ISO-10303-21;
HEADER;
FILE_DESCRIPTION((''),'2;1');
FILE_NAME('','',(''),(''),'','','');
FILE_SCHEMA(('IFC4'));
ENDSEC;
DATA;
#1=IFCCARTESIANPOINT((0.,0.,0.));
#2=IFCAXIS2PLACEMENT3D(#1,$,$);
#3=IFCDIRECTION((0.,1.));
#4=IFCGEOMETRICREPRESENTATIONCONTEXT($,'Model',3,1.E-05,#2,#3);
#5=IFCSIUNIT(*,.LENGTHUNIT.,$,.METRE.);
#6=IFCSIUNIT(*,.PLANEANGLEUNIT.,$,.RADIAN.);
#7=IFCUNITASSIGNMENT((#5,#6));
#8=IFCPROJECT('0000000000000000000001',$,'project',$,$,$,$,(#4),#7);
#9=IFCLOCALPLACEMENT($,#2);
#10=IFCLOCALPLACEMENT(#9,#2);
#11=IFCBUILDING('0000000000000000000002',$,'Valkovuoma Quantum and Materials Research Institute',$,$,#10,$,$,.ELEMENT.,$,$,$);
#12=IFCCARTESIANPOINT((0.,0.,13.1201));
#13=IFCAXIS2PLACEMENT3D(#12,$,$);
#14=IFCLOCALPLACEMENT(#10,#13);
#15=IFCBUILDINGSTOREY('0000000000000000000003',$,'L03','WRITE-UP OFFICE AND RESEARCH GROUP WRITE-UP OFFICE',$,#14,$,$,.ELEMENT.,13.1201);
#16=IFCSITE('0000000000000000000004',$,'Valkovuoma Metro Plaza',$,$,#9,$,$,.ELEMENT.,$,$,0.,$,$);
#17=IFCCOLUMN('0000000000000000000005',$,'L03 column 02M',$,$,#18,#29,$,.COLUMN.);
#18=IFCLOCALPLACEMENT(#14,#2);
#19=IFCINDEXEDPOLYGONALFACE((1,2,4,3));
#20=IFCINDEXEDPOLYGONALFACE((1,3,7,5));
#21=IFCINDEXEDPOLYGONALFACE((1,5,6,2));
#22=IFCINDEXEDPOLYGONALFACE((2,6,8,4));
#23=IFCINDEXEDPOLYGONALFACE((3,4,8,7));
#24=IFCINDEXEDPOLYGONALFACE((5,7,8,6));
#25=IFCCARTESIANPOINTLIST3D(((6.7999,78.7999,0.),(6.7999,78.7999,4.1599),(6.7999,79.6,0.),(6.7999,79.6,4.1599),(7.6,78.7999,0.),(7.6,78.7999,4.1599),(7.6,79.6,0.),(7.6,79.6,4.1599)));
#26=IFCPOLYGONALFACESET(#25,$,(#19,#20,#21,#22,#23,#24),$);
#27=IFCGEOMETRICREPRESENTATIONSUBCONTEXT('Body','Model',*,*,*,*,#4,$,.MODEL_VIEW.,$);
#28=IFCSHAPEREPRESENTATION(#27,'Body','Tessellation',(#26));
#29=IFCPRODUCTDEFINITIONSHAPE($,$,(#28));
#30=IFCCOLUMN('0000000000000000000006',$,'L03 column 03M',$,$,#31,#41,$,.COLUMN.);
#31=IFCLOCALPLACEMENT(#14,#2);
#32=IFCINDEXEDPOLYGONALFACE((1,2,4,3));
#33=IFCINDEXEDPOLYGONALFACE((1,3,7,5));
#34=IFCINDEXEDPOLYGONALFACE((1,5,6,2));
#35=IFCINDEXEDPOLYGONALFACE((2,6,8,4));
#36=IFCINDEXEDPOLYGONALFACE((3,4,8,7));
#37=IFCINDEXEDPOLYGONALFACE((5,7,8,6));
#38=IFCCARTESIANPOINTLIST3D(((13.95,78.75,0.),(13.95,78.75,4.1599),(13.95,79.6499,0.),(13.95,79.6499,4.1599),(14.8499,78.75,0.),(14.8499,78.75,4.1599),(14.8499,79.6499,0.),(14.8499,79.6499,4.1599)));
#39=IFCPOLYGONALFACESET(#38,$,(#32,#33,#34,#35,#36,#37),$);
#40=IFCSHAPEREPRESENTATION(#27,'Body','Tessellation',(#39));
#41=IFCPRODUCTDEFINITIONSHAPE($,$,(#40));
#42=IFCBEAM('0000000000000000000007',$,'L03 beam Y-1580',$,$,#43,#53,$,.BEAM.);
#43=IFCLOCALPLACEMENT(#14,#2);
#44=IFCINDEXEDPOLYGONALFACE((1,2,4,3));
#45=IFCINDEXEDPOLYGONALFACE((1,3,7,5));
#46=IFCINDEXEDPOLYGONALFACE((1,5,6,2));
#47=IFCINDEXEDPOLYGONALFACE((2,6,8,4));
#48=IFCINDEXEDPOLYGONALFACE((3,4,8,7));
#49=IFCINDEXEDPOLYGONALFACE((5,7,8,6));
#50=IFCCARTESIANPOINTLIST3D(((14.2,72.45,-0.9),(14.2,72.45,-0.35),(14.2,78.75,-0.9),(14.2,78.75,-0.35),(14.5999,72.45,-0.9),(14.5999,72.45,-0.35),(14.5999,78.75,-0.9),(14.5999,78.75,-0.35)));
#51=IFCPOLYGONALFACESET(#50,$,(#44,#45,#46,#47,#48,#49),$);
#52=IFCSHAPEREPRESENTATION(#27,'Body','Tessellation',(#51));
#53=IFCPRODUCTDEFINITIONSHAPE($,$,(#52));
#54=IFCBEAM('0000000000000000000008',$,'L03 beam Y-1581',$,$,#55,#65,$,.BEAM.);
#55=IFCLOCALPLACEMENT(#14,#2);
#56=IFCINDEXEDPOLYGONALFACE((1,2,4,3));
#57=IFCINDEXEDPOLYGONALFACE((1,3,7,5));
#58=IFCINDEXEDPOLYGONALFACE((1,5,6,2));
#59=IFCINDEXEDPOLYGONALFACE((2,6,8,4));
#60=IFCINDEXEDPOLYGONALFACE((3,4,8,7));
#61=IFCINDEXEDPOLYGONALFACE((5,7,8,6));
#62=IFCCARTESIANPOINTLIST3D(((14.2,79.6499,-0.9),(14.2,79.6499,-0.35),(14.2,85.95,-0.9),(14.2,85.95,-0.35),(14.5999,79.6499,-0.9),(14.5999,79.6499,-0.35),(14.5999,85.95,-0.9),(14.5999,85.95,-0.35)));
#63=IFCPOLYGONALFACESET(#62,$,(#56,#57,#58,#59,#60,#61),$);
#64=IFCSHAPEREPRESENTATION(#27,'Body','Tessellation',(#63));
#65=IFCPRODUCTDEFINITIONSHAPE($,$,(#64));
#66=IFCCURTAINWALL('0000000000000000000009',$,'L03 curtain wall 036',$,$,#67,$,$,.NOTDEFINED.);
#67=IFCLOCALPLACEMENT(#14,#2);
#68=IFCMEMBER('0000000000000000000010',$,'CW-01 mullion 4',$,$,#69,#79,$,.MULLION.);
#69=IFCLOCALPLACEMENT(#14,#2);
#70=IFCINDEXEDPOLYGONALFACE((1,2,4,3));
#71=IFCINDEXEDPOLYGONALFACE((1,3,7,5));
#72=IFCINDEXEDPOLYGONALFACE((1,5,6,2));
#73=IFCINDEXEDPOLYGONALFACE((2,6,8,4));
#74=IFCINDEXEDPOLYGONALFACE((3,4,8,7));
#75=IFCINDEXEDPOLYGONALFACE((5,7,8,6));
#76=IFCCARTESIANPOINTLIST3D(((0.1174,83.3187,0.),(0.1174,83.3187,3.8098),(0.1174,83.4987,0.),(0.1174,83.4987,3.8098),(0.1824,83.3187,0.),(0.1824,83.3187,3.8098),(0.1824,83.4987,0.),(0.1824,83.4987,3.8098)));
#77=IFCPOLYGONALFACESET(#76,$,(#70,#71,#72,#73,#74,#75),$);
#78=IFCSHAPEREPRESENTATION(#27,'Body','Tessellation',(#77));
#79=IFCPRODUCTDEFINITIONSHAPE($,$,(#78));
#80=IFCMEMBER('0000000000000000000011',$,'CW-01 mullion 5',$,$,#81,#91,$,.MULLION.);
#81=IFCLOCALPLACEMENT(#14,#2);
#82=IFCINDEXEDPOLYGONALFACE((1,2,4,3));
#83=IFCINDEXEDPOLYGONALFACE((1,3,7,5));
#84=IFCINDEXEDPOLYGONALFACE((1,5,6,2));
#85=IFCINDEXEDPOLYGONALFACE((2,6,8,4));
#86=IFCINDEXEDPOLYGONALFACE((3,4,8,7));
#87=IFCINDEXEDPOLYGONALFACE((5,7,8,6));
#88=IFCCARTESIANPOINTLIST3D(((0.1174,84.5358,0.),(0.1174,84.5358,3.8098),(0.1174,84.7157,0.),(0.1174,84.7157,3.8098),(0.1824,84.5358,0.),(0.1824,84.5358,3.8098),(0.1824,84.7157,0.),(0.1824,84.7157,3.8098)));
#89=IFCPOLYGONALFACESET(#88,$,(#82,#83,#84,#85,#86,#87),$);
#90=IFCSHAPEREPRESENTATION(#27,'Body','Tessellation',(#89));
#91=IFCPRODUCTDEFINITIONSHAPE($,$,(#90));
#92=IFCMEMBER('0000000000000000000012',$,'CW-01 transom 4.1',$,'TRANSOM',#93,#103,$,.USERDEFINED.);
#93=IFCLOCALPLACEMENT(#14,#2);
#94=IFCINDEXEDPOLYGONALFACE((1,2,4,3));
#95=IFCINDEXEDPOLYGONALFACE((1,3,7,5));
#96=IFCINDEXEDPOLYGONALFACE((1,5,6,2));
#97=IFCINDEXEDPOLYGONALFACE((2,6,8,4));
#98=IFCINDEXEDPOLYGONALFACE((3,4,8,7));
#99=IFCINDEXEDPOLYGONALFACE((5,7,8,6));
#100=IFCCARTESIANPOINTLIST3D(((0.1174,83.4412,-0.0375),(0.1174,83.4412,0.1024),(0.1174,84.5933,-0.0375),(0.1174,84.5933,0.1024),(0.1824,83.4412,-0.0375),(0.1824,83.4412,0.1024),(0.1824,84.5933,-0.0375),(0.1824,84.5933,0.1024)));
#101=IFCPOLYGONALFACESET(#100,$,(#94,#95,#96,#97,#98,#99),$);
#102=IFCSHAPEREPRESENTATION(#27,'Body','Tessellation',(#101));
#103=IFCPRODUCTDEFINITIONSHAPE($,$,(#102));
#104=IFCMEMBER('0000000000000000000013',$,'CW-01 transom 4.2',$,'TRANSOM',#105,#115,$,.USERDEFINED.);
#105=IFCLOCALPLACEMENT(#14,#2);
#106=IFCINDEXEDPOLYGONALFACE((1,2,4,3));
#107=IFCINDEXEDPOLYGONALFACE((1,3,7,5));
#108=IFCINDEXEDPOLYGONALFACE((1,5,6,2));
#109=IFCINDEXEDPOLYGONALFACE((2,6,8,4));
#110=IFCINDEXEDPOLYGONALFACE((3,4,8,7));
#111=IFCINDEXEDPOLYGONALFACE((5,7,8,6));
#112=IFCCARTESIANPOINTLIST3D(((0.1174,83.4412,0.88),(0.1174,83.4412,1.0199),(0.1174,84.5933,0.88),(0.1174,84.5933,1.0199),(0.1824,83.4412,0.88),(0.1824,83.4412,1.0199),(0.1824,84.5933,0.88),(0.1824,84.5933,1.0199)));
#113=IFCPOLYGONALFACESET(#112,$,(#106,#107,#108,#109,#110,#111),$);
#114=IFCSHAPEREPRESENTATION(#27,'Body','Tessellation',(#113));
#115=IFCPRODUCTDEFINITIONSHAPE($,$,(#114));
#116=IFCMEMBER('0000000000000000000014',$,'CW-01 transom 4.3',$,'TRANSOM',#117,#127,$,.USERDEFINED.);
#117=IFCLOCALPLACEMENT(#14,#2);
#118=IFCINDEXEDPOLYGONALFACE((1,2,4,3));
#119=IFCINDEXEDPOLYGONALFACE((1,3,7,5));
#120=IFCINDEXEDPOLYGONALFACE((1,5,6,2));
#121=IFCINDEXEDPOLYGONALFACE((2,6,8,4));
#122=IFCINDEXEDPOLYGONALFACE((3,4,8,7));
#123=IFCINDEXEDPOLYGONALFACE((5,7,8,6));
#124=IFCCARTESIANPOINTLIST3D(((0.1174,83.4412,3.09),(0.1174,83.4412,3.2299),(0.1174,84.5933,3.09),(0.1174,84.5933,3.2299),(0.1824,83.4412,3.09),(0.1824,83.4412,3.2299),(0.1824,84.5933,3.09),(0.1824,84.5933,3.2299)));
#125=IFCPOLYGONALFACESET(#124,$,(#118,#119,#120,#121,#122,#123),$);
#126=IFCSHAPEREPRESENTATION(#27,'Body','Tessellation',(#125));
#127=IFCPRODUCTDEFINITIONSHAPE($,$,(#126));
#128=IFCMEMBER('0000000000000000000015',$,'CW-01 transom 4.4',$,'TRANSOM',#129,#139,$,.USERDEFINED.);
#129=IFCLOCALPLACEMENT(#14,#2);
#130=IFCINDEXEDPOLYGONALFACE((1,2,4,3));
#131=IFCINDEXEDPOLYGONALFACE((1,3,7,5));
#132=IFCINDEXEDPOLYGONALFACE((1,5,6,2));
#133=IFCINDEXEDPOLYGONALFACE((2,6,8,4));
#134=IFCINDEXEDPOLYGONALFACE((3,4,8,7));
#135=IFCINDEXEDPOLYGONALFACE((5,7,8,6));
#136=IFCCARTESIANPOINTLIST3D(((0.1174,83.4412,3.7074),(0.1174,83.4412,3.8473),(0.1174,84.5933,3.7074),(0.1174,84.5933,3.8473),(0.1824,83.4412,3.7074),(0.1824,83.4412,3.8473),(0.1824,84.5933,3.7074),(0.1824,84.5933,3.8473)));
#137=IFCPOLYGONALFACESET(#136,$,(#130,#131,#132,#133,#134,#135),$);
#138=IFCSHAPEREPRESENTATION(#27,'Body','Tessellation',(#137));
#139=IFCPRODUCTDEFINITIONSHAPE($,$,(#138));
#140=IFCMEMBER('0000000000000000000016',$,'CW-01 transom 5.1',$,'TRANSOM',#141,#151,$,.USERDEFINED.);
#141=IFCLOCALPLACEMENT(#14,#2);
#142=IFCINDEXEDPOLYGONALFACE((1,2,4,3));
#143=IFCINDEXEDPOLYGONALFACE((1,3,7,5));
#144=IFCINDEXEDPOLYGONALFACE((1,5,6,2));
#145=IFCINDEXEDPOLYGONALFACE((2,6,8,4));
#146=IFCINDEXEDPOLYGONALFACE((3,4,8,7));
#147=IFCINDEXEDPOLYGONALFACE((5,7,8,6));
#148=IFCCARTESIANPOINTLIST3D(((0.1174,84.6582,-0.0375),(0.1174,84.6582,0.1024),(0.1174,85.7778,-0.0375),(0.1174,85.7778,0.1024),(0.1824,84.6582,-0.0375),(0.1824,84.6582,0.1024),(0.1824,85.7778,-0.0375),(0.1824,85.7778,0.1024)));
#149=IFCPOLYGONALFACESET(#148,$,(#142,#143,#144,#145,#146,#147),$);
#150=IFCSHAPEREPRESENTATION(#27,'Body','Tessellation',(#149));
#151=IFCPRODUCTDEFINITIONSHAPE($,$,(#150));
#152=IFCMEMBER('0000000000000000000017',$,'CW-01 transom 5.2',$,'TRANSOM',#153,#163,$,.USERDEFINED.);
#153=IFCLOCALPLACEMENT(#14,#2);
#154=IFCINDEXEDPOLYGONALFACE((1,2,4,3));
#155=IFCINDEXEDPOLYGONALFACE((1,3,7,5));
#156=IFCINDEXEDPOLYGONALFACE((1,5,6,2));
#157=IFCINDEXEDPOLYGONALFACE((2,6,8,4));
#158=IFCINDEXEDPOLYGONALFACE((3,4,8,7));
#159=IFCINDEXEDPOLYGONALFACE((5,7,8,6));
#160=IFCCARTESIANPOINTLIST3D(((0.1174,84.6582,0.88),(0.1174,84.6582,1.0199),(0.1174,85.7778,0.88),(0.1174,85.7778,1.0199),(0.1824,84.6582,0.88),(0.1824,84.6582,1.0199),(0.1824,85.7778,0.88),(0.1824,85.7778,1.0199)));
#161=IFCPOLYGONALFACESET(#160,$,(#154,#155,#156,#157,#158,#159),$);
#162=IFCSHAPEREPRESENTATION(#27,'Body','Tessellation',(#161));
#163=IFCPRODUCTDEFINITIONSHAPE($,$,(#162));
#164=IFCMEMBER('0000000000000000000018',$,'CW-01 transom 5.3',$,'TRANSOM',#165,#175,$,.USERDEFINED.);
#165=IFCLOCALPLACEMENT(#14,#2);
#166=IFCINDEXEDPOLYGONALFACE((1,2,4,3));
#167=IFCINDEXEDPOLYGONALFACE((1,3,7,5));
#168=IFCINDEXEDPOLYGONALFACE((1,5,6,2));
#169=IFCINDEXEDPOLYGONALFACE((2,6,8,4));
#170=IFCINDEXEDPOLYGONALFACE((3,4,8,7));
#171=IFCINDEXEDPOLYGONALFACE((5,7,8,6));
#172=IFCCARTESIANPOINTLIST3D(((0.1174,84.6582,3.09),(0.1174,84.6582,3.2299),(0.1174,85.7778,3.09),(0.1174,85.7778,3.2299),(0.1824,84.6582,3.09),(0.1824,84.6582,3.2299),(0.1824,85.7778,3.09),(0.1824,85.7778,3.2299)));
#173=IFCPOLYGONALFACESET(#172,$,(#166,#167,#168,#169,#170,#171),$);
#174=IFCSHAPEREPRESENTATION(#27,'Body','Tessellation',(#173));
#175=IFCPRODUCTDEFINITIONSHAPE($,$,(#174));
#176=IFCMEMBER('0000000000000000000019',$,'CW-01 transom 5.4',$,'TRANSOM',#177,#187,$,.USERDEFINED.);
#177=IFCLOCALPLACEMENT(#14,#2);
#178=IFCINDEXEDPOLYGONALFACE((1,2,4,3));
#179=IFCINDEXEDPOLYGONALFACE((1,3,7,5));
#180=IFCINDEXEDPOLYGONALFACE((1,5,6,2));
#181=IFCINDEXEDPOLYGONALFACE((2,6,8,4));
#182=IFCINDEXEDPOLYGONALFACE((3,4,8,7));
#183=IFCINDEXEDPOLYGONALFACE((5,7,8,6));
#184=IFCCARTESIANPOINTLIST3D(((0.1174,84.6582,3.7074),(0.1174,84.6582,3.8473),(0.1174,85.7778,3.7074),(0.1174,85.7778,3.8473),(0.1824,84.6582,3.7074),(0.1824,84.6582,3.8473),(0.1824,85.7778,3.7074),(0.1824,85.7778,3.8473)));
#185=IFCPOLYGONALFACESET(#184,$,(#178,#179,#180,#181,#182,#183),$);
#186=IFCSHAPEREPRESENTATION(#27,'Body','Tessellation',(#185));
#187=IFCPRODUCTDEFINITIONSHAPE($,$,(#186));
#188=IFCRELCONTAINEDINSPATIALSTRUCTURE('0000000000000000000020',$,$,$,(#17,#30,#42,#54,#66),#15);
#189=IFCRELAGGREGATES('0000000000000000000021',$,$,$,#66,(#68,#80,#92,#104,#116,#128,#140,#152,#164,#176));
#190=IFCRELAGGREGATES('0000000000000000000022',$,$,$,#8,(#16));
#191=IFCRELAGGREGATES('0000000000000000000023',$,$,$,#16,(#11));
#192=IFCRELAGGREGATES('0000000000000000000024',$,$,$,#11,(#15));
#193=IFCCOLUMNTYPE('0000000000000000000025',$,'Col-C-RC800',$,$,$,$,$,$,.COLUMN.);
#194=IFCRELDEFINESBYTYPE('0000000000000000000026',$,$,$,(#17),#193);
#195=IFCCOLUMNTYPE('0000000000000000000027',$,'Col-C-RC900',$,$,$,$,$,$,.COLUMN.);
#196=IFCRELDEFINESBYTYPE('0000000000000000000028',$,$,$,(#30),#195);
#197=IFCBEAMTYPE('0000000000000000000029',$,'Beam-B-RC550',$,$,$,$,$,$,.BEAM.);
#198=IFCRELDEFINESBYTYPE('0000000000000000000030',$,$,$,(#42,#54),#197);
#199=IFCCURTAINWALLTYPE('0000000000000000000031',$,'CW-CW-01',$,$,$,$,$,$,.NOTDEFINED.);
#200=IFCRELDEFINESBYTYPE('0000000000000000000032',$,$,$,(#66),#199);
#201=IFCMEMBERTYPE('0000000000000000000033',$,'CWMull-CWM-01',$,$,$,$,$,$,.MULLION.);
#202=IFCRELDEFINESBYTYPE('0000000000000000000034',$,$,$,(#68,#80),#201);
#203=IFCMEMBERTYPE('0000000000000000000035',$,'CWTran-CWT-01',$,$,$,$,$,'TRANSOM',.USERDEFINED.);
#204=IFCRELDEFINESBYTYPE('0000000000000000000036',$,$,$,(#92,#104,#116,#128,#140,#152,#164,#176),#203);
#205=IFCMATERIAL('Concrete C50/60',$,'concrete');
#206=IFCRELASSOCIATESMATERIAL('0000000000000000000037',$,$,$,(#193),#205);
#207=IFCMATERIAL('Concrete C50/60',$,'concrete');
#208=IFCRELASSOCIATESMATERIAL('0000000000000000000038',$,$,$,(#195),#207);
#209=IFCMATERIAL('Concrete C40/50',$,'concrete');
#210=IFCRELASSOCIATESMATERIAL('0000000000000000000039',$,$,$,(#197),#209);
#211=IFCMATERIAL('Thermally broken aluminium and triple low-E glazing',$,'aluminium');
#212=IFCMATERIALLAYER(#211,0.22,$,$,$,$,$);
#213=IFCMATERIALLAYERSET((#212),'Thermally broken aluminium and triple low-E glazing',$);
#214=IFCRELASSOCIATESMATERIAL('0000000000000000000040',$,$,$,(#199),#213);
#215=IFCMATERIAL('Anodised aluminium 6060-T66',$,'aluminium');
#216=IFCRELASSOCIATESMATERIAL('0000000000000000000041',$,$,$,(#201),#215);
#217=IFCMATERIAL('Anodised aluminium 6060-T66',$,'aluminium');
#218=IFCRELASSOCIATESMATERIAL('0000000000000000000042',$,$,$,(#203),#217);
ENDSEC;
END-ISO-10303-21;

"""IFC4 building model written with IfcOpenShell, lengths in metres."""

from ifc_helpers import new_model, si_unit, direction, frame, origin, origin_2d, place, context, subcontext, project, spatial, rectangle, extrude, material, layer, layer_set, material_profile, profile_set, type_object, element, aggregate, save


model = new_model("IFC4")

# Units and contexts
model_context = context("Model", 3, precision=1e-05, world=origin(), true_north=direction((0.0, 1.0)))
body_context = subcontext(model_context, "Body", "Model", "MODEL_VIEW")
ifc_project = project(units=[si_unit("LENGTHUNIT", "METRE"), si_unit("PLANEANGLEUNIT", "RADIAN")], contexts=[model_context])

# Site, building, storey
site_placement = place(None, origin())
site = spatial("IfcSite", under=ifc_project, at=site_placement, Name="Valkovuoma Metro Plaza", CompositionType="ELEMENT", RefElevation=0.0)
building_placement = place(site_placement, origin())
building = spatial("IfcBuilding", under=site, at=building_placement, Name="Valkovuoma Quantum and Materials Research Institute", CompositionType="ELEMENT")
storey_placement = place(building_placement, frame((0.0, 0.0, 13.1201)))
storey = spatial("IfcBuildingStorey", under=building, at=storey_placement, Name="L03", Description="WRITE-UP OFFICE AND RESEARCH GROUP WRITE-UP OFFICE", CompositionType="ELEMENT", Elevation=13.1201)

# Columns
ifc_material_1 = material(Name="Concrete C50/60", Category="concrete")
ifc_material_profile_1 = material_profile(ifc_material_1, rectangle(XDim=0.8, YDim=0.8, at=origin_2d()), Name="Concrete C50/60")
ifc_profile_set_1 = profile_set([ifc_material_profile_1], Name="Concrete C50/60")
column_type_1 = type_object("IfcColumnType", Name="Col-C-RC800", PredefinedType="COLUMN", material=ifc_profile_set_1)
column_1_placement = place(storey_placement, frame((7.2, 79.2, 0.0), z_axis=(0.0, 0.0, 1.0), x_axis=(1.0, 0.0, 0.0)))
element("IfcColumn", 1, at=column_1_placement, inside=storey, type_object=column_type_1, Name="L03 column 02M", PredefinedType="COLUMN", context=body_context, shape_type="SweptSolid", body=[
    extrude(rectangle(XDim=0.8, YDim=0.8, at=origin_2d()), origin(), (0.0, 0.0, 1.0), 4.1599),
])
ifc_material_2 = material(Name="Concrete C50/60", Category="concrete")
ifc_material_profile_2 = material_profile(ifc_material_2, rectangle(XDim=0.8999, YDim=0.8999, at=origin_2d()), Name="Concrete C50/60")
ifc_profile_set_2 = profile_set([ifc_material_profile_2], Name="Concrete C50/60")
column_type_2 = type_object("IfcColumnType", Name="Col-C-RC900", PredefinedType="COLUMN", material=ifc_profile_set_2)
column_2_placement = place(storey_placement, frame((14.3999, 79.2, 0.0), z_axis=(0.0, 0.0, 1.0), x_axis=(1.0, 0.0, 0.0)))
element("IfcColumn", 2, at=column_2_placement, inside=storey, type_object=column_type_2, Name="L03 column 03M", PredefinedType="COLUMN", context=body_context, shape_type="SweptSolid", body=[
    extrude(rectangle(XDim=0.8999, YDim=0.8999, at=origin_2d()), origin(), (0.0, 0.0, 1.0), 4.1599),
])

# Beams
ifc_material_3 = material(Name="Concrete C40/50", Category="concrete")
ifc_material_profile_3 = material_profile(ifc_material_3, rectangle(XDim=0.3999, YDim=0.55, at=origin_2d()), Name="Concrete C40/50")
ifc_profile_set_3 = profile_set([ifc_material_profile_3], Name="Concrete C40/50")
beam_type = type_object("IfcBeamType", Name="Beam-B-RC550", PredefinedType="BEAM", material=ifc_profile_set_3)
for number, where, z_axis, x_axis, name in (
    (3, (14.3999, 72.45, -0.625), (0.0, 1.0, 0.0), (-1.0, 0.0, 0.0), "L03 beam Y-1580"),
    (4, (14.3999, 79.6499, -0.625), (0.0, 1.0, 0.0), (-1.0, 0.0, 0.0), "L03 beam Y-1581"),
):
    element("IfcBeam", number, at=place(storey_placement, frame(where, z_axis=z_axis, x_axis=x_axis)), inside=storey, type_object=beam_type, Name=name, PredefinedType="BEAM", context=body_context, shape_type="SweptSolid", body=[
        extrude(rectangle(XDim=0.3999, YDim=0.55, at=origin_2d()), origin(), (0.0, 0.0, 1.0), 6.3),
    ])

# Curtain wall, members
ifc_material_4 = material(Name="Thermally broken aluminium and triple low-E glazing", Category="aluminium")
ifc_layer_1 = layer(ifc_material_4, 0.22)
ifc_layer_set_1 = layer_set([ifc_layer_1], Name="Thermally broken aluminium and triple low-E glazing")
curtain_wall_type = type_object("IfcCurtainWallType", Name="CW-CW-01", PredefinedType="NOTDEFINED", material=ifc_layer_set_1)
curtain_wall_placement = place(storey_placement, origin())
curtain_wall = element("IfcCurtainWall", 5, at=curtain_wall_placement, inside=storey, type_object=curtain_wall_type, Name="L03 curtain wall 036", PredefinedType="NOTDEFINED")
ifc_material_5 = material(Name="Anodised aluminium 6060-T66", Category="aluminium")
ifc_material_profile_4 = material_profile(ifc_material_5, rectangle(XDim=0.0649, YDim=0.1799, at=origin_2d()), Name="Anodised aluminium 6060-T66")
ifc_profile_set_4 = profile_set([ifc_material_profile_4], Name="Anodised aluminium 6060-T66")
member_type_1 = type_object("IfcMemberType", Name="CWMull-CWM-01", PredefinedType="MULLION", material=ifc_profile_set_4)
member_1_placement = place(storey_placement, frame((0.1499, 83.4087, 0.0), z_axis=(0.0, 0.0, 1.0), x_axis=(-1.0, 0.0, 0.0)))
member_1 = element("IfcMember", 6, at=member_1_placement, type_object=member_type_1, Name="CW-01 mullion 4", PredefinedType="MULLION", context=body_context, shape_type="SweptSolid", body=[
    extrude(rectangle(XDim=0.0649, YDim=0.1799, at=origin_2d()), origin(), (0.0, 0.0, 1.0), 3.8098),
])
member_2_placement = place(storey_placement, frame((0.1499, 84.6257, 0.0), z_axis=(0.0, 0.0, 1.0), x_axis=(-1.0, 0.0, 0.0)))
member_2 = element("IfcMember", 7, at=member_2_placement, type_object=member_type_1, Name="CW-01 mullion 5", PredefinedType="MULLION", context=body_context, shape_type="SweptSolid", body=[
    extrude(rectangle(XDim=0.0649, YDim=0.1799, at=origin_2d()), origin(), (0.0, 0.0, 1.0), 3.8098),
])
ifc_material_6 = material(Name="Anodised aluminium 6060-T66", Category="aluminium")
ifc_material_profile_5 = material_profile(ifc_material_6, rectangle(XDim=0.0649, YDim=0.1399, at=origin_2d()), Name="Anodised aluminium 6060-T66")
ifc_profile_set_5 = profile_set([ifc_material_profile_5], Name="Anodised aluminium 6060-T66")
member_type_2 = type_object("IfcMemberType", Name="CWTran-CWT-01", ElementType="TRANSOM", PredefinedType="USERDEFINED", material=ifc_profile_set_5)
member_3_placement = place(storey_placement, frame((0.1499, 83.4412, 0.0325), z_axis=(0.0, 1.0, 0.0), x_axis=(-1.0, 0.0, 0.0)))
member_3 = element("IfcMember", 8, at=member_3_placement, type_object=member_type_2, Name="CW-01 transom 4.1", ObjectType="TRANSOM", PredefinedType="USERDEFINED", context=body_context, shape_type="SweptSolid", body=[
    extrude(rectangle(XDim=0.0649, YDim=0.1399, at=origin_2d()), origin(), (0.0, 0.0, 1.0), 1.1521),
])
member_4_placement = place(storey_placement, frame((0.1499, 83.4412, 0.95), z_axis=(0.0, 1.0, 0.0), x_axis=(-1.0, 0.0, 0.0)))
member_4 = element("IfcMember", 9, at=member_4_placement, type_object=member_type_2, Name="CW-01 transom 4.2", ObjectType="TRANSOM", PredefinedType="USERDEFINED", context=body_context, shape_type="SweptSolid", body=[
    extrude(rectangle(XDim=0.0649, YDim=0.1399, at=origin_2d()), origin(), (0.0, 0.0, 1.0), 1.1521),
])
member_5_placement = place(storey_placement, frame((0.1499, 83.4412, 3.1599), z_axis=(0.0, 1.0, 0.0), x_axis=(-1.0, 0.0, 0.0)))
member_5 = element("IfcMember", 10, at=member_5_placement, type_object=member_type_2, Name="CW-01 transom 4.3", ObjectType="TRANSOM", PredefinedType="USERDEFINED", context=body_context, shape_type="SweptSolid", body=[
    extrude(rectangle(XDim=0.0649, YDim=0.1399, at=origin_2d()), origin(), (0.0, 0.0, 1.0), 1.1521),
])
member_6_placement = place(storey_placement, frame((0.1499, 83.4412, 3.7773), z_axis=(0.0, 1.0, 0.0), x_axis=(-1.0, 0.0, 0.0)))
member_6 = element("IfcMember", 11, at=member_6_placement, type_object=member_type_2, Name="CW-01 transom 4.4", ObjectType="TRANSOM", PredefinedType="USERDEFINED", context=body_context, shape_type="SweptSolid", body=[
    extrude(rectangle(XDim=0.0649, YDim=0.1399, at=origin_2d()), origin(), (0.0, 0.0, 1.0), 1.1521),
])
member_7_placement = place(storey_placement, frame((0.1499, 84.6582, 0.0325), z_axis=(0.0, 1.0, 0.0), x_axis=(-1.0, 0.0, 0.0)))
member_7 = element("IfcMember", 12, at=member_7_placement, type_object=member_type_2, Name="CW-01 transom 5.1", ObjectType="TRANSOM", PredefinedType="USERDEFINED", context=body_context, shape_type="SweptSolid", body=[
    extrude(rectangle(XDim=0.0649, YDim=0.1399, at=origin_2d()), origin(), (0.0, 0.0, 1.0), 1.1196),
])
member_8_placement = place(storey_placement, frame((0.1499, 84.6582, 0.95), z_axis=(0.0, 1.0, 0.0), x_axis=(-1.0, 0.0, 0.0)))
member_8 = element("IfcMember", 13, at=member_8_placement, type_object=member_type_2, Name="CW-01 transom 5.2", ObjectType="TRANSOM", PredefinedType="USERDEFINED", context=body_context, shape_type="SweptSolid", body=[
    extrude(rectangle(XDim=0.0649, YDim=0.1399, at=origin_2d()), origin(), (0.0, 0.0, 1.0), 1.1196),
])
member_9_placement = place(storey_placement, frame((0.1499, 84.6582, 3.1599), z_axis=(0.0, 1.0, 0.0), x_axis=(-1.0, 0.0, 0.0)))
member_9 = element("IfcMember", 14, at=member_9_placement, type_object=member_type_2, Name="CW-01 transom 5.3", ObjectType="TRANSOM", PredefinedType="USERDEFINED", context=body_context, shape_type="SweptSolid", body=[
    extrude(rectangle(XDim=0.0649, YDim=0.1399, at=origin_2d()), origin(), (0.0, 0.0, 1.0), 1.1196),
])
member_10_placement = place(storey_placement, frame((0.1499, 84.6582, 3.7773), z_axis=(0.0, 1.0, 0.0), x_axis=(-1.0, 0.0, 0.0)))
member_10 = element("IfcMember", 15, at=member_10_placement, type_object=member_type_2, Name="CW-01 transom 5.4", ObjectType="TRANSOM", PredefinedType="USERDEFINED", context=body_context, shape_type="SweptSolid", body=[
    extrude(rectangle(XDim=0.0649, YDim=0.1399, at=origin_2d()), origin(), (0.0, 0.0, 1.0), 1.1196),
])
aggregate(curtain_wall, [member_1, member_2, member_3, member_4, member_5, member_6, member_7, member_8, member_9, member_10])

save(model, "model.ifc")
